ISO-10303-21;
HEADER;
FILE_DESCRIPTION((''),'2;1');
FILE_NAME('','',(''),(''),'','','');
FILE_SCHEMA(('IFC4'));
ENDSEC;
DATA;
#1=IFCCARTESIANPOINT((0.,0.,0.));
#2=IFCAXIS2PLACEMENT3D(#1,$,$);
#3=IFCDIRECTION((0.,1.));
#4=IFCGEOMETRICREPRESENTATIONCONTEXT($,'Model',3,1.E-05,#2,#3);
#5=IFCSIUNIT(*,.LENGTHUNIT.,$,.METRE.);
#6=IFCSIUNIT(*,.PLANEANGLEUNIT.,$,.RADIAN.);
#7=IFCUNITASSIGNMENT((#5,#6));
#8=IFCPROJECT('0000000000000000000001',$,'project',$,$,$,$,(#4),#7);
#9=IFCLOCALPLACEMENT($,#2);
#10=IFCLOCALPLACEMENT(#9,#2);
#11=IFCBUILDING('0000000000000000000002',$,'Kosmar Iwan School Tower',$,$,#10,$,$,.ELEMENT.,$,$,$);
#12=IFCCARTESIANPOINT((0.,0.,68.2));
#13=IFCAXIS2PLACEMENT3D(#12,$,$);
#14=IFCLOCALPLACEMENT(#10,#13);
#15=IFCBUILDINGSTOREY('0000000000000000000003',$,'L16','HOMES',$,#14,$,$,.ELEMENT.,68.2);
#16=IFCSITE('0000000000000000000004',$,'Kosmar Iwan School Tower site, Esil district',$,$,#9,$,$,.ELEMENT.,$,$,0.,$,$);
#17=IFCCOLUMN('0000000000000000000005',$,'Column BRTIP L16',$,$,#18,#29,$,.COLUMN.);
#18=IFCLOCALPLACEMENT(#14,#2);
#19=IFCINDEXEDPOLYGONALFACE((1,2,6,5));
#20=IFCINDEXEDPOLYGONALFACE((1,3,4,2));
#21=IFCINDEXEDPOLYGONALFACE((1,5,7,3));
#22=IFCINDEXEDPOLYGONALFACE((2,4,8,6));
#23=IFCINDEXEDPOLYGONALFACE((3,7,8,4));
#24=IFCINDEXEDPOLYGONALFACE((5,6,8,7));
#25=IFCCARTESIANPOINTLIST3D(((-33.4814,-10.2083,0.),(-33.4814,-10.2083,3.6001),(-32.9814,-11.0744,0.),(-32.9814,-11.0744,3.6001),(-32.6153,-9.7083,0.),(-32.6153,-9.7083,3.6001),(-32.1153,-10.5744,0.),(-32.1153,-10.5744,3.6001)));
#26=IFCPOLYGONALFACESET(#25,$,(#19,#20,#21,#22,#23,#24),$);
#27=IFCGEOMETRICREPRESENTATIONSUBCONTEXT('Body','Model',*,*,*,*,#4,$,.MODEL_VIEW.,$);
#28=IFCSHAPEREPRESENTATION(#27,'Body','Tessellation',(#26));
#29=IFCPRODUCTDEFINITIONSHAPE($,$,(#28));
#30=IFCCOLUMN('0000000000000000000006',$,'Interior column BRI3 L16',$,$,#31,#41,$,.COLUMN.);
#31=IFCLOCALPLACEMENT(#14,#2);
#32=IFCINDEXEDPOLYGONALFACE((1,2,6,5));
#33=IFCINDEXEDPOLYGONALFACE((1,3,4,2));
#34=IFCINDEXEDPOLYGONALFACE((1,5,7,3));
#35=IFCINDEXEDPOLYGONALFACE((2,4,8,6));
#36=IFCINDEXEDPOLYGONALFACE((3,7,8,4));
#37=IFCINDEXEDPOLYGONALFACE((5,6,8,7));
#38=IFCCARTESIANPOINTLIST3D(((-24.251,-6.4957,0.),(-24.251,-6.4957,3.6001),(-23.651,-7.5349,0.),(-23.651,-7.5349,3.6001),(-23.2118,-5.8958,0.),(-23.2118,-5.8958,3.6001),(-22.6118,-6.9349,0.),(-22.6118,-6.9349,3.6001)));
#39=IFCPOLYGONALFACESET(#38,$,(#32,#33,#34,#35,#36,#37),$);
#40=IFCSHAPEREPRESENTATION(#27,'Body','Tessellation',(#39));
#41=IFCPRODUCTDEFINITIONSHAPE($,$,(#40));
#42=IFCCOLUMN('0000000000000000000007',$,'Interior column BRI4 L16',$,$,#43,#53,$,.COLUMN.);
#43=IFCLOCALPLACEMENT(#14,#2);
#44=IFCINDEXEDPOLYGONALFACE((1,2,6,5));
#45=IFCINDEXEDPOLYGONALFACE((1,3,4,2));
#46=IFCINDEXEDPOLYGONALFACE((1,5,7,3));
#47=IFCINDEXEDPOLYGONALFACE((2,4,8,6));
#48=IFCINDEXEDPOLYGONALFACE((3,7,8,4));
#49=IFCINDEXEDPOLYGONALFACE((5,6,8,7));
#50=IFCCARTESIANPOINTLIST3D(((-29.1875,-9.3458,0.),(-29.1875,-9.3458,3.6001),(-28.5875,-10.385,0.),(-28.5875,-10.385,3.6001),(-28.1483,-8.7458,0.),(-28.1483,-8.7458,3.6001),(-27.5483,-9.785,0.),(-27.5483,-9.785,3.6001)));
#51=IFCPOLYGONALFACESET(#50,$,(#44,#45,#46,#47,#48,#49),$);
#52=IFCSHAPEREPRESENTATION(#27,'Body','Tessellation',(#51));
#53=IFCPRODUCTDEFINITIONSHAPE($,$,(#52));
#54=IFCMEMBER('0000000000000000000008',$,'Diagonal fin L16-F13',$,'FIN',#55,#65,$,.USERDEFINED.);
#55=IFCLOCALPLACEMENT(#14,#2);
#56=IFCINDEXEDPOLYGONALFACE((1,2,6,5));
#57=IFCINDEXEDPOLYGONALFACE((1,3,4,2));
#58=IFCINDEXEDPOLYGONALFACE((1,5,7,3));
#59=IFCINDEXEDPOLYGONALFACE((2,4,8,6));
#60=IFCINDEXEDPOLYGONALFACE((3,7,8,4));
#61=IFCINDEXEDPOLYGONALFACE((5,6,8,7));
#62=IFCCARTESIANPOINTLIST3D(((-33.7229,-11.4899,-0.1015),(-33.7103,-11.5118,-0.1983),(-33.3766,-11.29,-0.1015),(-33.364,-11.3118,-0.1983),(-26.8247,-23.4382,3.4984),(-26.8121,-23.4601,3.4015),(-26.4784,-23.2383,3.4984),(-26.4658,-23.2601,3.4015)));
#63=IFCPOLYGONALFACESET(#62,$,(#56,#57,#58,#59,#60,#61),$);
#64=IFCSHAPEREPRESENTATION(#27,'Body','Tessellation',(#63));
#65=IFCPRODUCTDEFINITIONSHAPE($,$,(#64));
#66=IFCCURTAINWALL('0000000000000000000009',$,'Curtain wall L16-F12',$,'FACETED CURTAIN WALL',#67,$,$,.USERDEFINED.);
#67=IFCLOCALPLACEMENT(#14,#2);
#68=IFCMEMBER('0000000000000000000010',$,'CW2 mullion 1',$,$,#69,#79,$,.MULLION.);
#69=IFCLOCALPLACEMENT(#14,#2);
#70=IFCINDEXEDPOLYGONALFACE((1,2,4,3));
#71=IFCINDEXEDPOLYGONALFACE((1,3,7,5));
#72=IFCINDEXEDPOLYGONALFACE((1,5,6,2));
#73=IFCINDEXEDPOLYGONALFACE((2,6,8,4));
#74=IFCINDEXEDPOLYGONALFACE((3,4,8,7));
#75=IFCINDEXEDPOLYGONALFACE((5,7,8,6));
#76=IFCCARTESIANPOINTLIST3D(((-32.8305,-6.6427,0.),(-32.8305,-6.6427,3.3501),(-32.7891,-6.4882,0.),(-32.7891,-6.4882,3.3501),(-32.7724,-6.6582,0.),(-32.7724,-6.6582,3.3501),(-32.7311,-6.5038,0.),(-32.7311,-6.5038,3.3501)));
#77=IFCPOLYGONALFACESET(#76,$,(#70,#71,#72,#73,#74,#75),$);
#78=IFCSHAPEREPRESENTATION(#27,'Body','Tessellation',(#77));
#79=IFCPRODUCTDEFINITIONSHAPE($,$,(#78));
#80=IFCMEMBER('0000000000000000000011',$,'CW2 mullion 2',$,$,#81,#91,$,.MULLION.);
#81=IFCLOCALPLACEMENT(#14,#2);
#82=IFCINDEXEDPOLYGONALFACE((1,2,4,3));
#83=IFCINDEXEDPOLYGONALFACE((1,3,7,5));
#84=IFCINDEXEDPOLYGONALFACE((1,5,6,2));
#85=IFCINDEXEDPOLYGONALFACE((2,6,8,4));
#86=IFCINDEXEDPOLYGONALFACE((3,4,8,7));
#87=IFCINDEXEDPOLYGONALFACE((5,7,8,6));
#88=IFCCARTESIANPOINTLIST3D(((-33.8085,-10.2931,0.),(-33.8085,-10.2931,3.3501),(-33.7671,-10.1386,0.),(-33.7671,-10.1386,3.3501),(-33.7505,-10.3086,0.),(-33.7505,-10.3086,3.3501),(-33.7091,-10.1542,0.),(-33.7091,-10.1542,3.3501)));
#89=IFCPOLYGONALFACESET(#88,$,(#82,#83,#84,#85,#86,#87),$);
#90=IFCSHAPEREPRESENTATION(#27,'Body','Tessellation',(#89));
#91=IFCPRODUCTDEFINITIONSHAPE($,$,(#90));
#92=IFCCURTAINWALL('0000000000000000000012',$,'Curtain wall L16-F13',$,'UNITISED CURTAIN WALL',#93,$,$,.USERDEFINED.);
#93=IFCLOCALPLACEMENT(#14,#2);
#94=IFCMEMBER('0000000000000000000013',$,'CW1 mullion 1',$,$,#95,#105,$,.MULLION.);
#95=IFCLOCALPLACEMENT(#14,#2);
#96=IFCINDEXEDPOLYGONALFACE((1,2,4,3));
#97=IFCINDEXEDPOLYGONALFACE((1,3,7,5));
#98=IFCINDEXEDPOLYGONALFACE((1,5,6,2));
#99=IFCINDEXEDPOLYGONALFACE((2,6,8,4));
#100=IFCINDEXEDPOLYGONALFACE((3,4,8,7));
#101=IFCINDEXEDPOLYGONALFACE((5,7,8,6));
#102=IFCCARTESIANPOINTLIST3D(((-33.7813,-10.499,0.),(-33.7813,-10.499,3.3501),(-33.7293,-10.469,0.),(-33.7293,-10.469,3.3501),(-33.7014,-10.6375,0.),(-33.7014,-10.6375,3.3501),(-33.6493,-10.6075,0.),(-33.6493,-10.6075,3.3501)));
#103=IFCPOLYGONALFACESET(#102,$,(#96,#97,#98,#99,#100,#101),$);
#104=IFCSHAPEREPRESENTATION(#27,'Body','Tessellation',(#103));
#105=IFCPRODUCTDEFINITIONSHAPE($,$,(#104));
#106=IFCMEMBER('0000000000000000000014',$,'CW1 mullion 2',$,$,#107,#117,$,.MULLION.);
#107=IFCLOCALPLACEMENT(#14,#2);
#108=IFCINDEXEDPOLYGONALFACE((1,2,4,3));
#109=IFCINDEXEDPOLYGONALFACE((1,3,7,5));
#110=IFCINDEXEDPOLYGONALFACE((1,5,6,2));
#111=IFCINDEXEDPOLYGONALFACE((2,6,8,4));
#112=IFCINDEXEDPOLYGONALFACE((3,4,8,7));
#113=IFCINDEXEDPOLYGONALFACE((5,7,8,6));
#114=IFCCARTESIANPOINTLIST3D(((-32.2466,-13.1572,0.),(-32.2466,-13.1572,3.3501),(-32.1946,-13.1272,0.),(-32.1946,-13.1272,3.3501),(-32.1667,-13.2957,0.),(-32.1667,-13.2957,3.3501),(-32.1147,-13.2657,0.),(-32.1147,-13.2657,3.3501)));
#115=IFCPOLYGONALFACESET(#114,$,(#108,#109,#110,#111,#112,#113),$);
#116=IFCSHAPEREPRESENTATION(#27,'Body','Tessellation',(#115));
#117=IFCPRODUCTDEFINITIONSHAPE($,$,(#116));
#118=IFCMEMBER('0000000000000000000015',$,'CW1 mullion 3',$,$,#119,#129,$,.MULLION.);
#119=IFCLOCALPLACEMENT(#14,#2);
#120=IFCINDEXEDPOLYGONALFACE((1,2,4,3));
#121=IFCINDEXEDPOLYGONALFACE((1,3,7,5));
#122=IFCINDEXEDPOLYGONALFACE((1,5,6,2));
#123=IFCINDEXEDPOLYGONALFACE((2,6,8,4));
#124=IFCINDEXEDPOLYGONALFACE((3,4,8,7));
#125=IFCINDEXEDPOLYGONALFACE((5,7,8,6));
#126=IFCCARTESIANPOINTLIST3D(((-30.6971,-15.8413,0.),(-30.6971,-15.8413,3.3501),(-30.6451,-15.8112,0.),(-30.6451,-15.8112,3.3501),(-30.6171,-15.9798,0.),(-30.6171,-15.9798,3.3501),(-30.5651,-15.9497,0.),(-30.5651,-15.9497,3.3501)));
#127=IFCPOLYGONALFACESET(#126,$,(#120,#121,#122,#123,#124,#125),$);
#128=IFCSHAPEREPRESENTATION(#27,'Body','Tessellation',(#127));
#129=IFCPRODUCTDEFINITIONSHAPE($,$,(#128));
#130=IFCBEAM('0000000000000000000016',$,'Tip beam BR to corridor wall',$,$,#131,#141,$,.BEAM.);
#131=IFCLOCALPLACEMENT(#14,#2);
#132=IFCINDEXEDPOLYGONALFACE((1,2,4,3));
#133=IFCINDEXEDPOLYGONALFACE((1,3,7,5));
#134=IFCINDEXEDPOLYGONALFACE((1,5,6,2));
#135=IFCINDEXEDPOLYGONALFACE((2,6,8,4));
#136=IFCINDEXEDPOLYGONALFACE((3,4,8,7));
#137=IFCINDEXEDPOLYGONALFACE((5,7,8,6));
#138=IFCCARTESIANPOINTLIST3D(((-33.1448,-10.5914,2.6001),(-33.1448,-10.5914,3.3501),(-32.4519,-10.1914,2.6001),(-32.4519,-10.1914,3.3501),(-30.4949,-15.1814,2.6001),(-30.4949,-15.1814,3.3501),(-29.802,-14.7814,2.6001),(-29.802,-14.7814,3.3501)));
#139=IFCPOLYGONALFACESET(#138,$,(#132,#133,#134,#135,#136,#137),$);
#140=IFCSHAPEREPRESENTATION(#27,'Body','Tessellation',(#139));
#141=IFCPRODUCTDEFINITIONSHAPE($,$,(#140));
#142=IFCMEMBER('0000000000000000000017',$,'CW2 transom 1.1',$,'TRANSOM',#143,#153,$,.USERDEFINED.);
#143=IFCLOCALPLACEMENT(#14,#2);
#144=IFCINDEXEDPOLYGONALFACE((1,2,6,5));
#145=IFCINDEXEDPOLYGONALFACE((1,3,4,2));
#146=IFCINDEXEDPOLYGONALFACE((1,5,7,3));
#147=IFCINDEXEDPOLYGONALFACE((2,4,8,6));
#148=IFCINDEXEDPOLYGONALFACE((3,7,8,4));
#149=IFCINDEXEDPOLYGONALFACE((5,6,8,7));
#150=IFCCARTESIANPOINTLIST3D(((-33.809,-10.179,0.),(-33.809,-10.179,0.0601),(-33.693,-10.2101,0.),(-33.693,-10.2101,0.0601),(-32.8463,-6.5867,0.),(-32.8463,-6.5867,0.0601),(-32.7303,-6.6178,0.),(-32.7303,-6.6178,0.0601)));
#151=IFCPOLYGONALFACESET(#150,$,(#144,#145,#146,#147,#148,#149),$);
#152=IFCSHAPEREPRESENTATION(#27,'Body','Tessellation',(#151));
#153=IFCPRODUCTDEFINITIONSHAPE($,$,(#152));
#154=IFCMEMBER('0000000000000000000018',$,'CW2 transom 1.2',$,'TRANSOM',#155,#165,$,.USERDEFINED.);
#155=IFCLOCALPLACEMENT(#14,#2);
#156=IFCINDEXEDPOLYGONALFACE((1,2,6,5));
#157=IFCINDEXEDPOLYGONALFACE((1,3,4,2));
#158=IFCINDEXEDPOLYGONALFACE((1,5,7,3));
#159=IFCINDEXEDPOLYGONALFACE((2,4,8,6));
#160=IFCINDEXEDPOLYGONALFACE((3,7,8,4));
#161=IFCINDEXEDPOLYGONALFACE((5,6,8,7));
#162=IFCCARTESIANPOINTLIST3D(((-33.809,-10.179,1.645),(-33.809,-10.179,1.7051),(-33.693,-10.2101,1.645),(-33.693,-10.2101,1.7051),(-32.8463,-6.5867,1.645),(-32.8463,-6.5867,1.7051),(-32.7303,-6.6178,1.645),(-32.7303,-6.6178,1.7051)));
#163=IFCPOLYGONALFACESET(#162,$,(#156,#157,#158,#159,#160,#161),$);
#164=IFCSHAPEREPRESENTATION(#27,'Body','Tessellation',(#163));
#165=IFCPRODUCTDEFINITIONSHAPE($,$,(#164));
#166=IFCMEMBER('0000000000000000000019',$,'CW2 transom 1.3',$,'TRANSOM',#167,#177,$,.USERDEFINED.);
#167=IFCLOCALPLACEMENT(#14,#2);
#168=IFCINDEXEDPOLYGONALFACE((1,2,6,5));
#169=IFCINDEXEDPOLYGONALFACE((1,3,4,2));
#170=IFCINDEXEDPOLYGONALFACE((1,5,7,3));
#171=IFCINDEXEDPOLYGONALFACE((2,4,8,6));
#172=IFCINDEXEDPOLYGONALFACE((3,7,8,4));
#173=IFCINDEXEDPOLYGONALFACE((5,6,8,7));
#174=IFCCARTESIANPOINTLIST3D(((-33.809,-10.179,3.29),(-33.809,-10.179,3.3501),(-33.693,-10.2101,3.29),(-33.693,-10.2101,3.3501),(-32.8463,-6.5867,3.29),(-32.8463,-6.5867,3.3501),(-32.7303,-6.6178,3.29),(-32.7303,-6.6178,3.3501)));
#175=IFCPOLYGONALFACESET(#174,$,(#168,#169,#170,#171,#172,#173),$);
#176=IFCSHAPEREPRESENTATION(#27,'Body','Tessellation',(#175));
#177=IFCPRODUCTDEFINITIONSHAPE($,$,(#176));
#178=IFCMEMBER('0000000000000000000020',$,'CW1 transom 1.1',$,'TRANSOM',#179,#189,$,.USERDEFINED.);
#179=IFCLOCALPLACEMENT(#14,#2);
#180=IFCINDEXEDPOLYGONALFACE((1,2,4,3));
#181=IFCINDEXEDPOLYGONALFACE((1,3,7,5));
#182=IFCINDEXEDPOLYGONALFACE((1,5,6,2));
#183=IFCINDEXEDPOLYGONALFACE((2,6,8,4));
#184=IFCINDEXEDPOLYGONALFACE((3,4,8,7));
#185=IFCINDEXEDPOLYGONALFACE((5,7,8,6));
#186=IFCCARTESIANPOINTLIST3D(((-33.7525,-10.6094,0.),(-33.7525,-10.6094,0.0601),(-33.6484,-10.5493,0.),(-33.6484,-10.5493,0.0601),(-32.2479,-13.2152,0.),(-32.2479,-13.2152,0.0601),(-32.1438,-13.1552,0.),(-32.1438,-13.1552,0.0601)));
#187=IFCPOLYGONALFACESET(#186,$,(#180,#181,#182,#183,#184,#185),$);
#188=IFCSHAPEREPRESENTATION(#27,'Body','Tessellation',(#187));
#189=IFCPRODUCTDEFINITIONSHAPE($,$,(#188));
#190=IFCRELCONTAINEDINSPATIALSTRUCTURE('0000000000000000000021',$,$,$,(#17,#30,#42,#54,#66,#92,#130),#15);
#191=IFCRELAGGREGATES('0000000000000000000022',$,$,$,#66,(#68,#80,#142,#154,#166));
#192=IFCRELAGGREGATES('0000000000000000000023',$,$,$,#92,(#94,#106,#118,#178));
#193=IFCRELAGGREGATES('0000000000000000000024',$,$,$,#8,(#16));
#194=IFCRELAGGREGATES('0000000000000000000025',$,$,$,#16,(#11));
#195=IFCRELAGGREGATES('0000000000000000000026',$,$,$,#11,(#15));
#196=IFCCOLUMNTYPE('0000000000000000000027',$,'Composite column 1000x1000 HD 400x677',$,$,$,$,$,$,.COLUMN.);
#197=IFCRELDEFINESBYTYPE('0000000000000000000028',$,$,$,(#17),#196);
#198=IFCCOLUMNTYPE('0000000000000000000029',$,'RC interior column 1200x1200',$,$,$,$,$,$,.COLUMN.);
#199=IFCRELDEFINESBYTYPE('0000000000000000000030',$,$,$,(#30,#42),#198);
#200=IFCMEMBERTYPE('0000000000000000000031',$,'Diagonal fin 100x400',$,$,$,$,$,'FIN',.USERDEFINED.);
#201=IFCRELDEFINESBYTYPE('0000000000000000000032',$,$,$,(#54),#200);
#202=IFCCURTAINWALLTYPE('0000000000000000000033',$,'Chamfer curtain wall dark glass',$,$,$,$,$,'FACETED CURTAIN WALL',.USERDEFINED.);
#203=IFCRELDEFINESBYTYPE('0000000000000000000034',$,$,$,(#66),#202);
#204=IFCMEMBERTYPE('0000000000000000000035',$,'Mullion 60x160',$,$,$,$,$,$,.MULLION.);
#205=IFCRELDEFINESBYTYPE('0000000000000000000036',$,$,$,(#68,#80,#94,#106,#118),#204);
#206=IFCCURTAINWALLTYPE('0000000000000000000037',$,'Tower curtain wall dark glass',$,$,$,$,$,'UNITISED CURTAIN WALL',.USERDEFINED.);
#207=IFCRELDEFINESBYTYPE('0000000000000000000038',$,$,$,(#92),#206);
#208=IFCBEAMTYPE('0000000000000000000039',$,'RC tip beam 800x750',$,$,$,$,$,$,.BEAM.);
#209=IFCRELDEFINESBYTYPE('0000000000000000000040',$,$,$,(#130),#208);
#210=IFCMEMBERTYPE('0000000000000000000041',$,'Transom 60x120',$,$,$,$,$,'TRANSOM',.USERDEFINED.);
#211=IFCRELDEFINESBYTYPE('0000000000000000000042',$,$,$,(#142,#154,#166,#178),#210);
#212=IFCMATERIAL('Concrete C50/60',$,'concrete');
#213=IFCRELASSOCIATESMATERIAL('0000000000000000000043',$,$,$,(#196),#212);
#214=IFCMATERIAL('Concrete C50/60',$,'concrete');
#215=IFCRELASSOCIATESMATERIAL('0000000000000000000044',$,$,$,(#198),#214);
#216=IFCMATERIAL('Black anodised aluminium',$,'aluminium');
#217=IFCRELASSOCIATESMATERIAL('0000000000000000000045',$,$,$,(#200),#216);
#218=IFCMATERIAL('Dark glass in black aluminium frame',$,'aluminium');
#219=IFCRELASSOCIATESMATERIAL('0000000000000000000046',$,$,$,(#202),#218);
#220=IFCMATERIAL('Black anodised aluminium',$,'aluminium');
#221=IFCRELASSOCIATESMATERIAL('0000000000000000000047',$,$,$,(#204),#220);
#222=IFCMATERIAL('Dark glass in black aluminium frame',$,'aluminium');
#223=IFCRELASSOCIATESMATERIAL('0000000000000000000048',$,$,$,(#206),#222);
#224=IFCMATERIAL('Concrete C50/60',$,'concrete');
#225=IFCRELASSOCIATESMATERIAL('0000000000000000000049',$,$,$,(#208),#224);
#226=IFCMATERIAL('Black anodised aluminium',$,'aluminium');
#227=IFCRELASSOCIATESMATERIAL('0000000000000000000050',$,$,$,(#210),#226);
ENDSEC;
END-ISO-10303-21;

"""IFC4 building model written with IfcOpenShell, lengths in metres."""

from ifc_helpers import new_model, si_unit, direction, frame, origin, origin_2d, place, context, subcontext, project, spatial, rectangle, extrude, material, material_profile, profile_set, type_object, element, aggregate, save


model = new_model("IFC4")

# Units and contexts
model_context = context("Model", 3, precision=1e-05, world=origin(), true_north=direction((0.0, 1.0)))
body_context = subcontext(model_context, "Body", "Model", "MODEL_VIEW")
ifc_project = project(units=[si_unit("LENGTHUNIT", "METRE"), si_unit("PLANEANGLEUNIT", "RADIAN")], contexts=[model_context])

# Site, building, storey
site_placement = place(None, origin())
site = spatial("IfcSite", under=ifc_project, at=site_placement, Name="Kosmar Iwan School Tower site, Esil district", CompositionType="ELEMENT", RefElevation=0.0)
building_placement = place(site_placement, origin())
building = spatial("IfcBuilding", under=site, at=building_placement, Name="Kosmar Iwan School Tower", CompositionType="ELEMENT")
storey_placement = place(building_placement, frame((0.0, 0.0, 68.2)))
storey = spatial("IfcBuildingStorey", under=building, at=storey_placement, Name="L16", Description="HOMES", CompositionType="ELEMENT", Elevation=68.2)

# Columns
ifc_material_1 = material(Name="Concrete C50/60", Category="concrete")
ifc_material_profile_1 = material_profile(ifc_material_1, rectangle(XDim=1.0, YDim=1.0, at=origin_2d()), Name="RC 1000x1000 + HD 400x677")
ifc_profile_set_1 = profile_set([ifc_material_profile_1], Name="Concrete C50/60")
column_type_1 = type_object("IfcColumnType", Name="Composite column 1000x1000 HD 400x677", PredefinedType="COLUMN", material=ifc_profile_set_1)
column_placement = place(storey_placement, frame((-32.7983, -10.3914, 0.0), z_axis=(0.0, 0.0, 1.0), x_axis=(-0.866025, -0.5, 0.0)))
element("IfcColumn", 1, at=column_placement, inside=storey, type_object=column_type_1, Name="Column BRTIP L16", PredefinedType="COLUMN", context=body_context, shape_type="SweptSolid", body=[
    extrude(rectangle(XDim=1.0, YDim=1.0, at=origin_2d()), origin(), (0.0, 0.0, 1.0), 3.6001),
])
ifc_material_2 = material(Name="Concrete C50/60", Category="concrete")
ifc_material_profile_2 = material_profile(ifc_material_2, rectangle(XDim=1.2, YDim=1.2, at=origin_2d()), Name="RC 1200x1200")
ifc_profile_set_2 = profile_set([ifc_material_profile_2], Name="Concrete C50/60")
column_type_2 = type_object("IfcColumnType", Name="RC interior column 1200x1200", PredefinedType="COLUMN", material=ifc_profile_set_2)
for number, where, z_axis, x_axis, name in (
    (2, (-23.4314, -6.7153, 0.0), (0.0, 0.0, 1.0), (-0.866025, -0.5, 0.0), "Interior column BRI3 L16"),
    (3, (-28.3679, -9.5654, 0.0), (0.0, 0.0, 1.0), (-0.866025, -0.5, 0.0), "Interior column BRI4 L16"),
):
    element("IfcColumn", number, at=place(storey_placement, frame(where, z_axis=z_axis, x_axis=x_axis)), inside=storey, type_object=column_type_2, Name=name, PredefinedType="COLUMN", context=body_context, shape_type="SweptSolid", body=[
        extrude(rectangle(XDim=1.2, YDim=1.2, at=origin_2d()), origin(), (0.0, 0.0, 1.0), 3.6001),
    ])

# Member
ifc_material_3 = material(Name="Black anodised aluminium", Category="aluminium")
ifc_material_profile_3 = material_profile(ifc_material_3, rectangle(XDim=0.1001, YDim=0.3999, at=origin_2d()), Name="FIN 100x400")
ifc_profile_set_3 = profile_set([ifc_material_profile_3], Name="Black anodised aluminium")
member_type_1 = type_object("IfcMemberType", Name="Diagonal fin 100x400", ElementType="FIN", PredefinedType="USERDEFINED", material=ifc_profile_set_3)
member_1_placement = place(storey_placement, frame((-33.5435, -11.4009, -0.1499), z_axis=(0.483796, -0.837974, 0.252471), x_axis=(-0.126234, 0.218647, 0.967604)))
element("IfcMember", 4, at=member_1_placement, inside=storey, type_object=member_type_1, Name="Diagonal fin L16-F13", ObjectType="FIN", PredefinedType="USERDEFINED", context=body_context, shape_type="SweptSolid", body=[
    extrude(rectangle(XDim=0.1001, YDim=0.3999, at=origin_2d()), origin(), (0.0, 0.0, 1.0), 14.2585),
])

# Curtain walls, members
ifc_material_4 = material(Name="Dark glass in black aluminium frame", Category="aluminium")
curtain_wall_type_1 = type_object("IfcCurtainWallType", Name="Chamfer curtain wall dark glass", ElementType="FACETED CURTAIN WALL", PredefinedType="USERDEFINED", material=ifc_material_4)
curtain_wall_1_placement = place(storey_placement, origin())
curtain_wall_1 = element("IfcCurtainWall", 5, at=curtain_wall_1_placement, inside=storey, type_object=curtain_wall_type_1, Name="Curtain wall L16-F12", ObjectType="FACETED CURTAIN WALL", PredefinedType="USERDEFINED")
ifc_material_5 = material(Name="Black anodised aluminium", Category="aluminium")
ifc_material_profile_4 = material_profile(ifc_material_5, rectangle(XDim=0.0601, YDim=0.1599, at=origin_2d()), Name="MULLION 60x160")
ifc_profile_set_4 = profile_set([ifc_material_profile_4], Name="Black anodised aluminium")
member_type_2 = type_object("IfcMemberType", Name="Mullion 60x160", PredefinedType="MULLION", material=ifc_profile_set_4)
member_2_placement = place(storey_placement, frame((-32.7808, -6.5732, 0.0), z_axis=(0.0, 0.0, 1.0), x_axis=(0.965926, -0.258819, 0.0)))
member_2 = element("IfcMember", 6, at=member_2_placement, type_object=member_type_2, Name="CW2 mullion 1", PredefinedType="MULLION", context=body_context, shape_type="SweptSolid", body=[
    extrude(rectangle(XDim=0.0601, YDim=0.1599, at=origin_2d()), origin(), (0.0, 0.0, 1.0), 3.3501),
])
member_3_placement = place(storey_placement, frame((-33.7588, -10.2236, 0.0), z_axis=(0.0, 0.0, 1.0), x_axis=(0.965926, -0.258819, 0.0)))
member_3 = element("IfcMember", 7, at=member_3_placement, type_object=member_type_2, Name="CW2 mullion 2", PredefinedType="MULLION", context=body_context, shape_type="SweptSolid", body=[
    extrude(rectangle(XDim=0.0601, YDim=0.1599, at=origin_2d()), origin(), (0.0, 0.0, 1.0), 3.3501),
])
ifc_material_6 = material(Name="Dark glass in black aluminium frame", Category="aluminium")
curtain_wall_type_2 = type_object("IfcCurtainWallType", Name="Tower curtain wall dark glass", ElementType="UNITISED CURTAIN WALL", PredefinedType="USERDEFINED", material=ifc_material_6)
curtain_wall_2_placement = place(storey_placement, origin())
curtain_wall_2 = element("IfcCurtainWall", 8, at=curtain_wall_2_placement, inside=storey, type_object=curtain_wall_type_2, Name="Curtain wall L16-F13", ObjectType="UNITISED CURTAIN WALL", PredefinedType="USERDEFINED")
member_4_placement = place(storey_placement, frame((-33.7153, -10.5532, 0.0), z_axis=(0.0, 0.0, 1.0), x_axis=(0.866025, 0.5, 0.0)))
member_4 = element("IfcMember", 9, at=member_4_placement, type_object=member_type_2, Name="CW1 mullion 1", PredefinedType="MULLION", context=body_context, shape_type="SweptSolid", body=[
    extrude(rectangle(XDim=0.0601, YDim=0.1599, at=origin_2d()), origin(), (0.0, 0.0, 1.0), 3.3501),
])
member_5_placement = place(storey_placement, frame((-32.1807, -13.2114, 0.0), z_axis=(0.0, 0.0, 1.0), x_axis=(0.866025, 0.5, 0.0)))
member_5 = element("IfcMember", 10, at=member_5_placement, type_object=member_type_2, Name="CW1 mullion 2", PredefinedType="MULLION", context=body_context, shape_type="SweptSolid", body=[
    extrude(rectangle(XDim=0.0601, YDim=0.1599, at=origin_2d()), origin(), (0.0, 0.0, 1.0), 3.3501),
])
member_6_placement = place(storey_placement, frame((-30.6311, -15.8955, 0.0), z_axis=(0.0, 0.0, 1.0), x_axis=(0.866025, 0.5, 0.0)))
member_6 = element("IfcMember", 11, at=member_6_placement, type_object=member_type_2, Name="CW1 mullion 3", PredefinedType="MULLION", context=body_context, shape_type="SweptSolid", body=[
    extrude(rectangle(XDim=0.0601, YDim=0.1599, at=origin_2d()), origin(), (0.0, 0.0, 1.0), 3.3501),
])

# Beam
ifc_material_7 = material(Name="Concrete C50/60", Category="concrete")
ifc_material_profile_5 = material_profile(ifc_material_7, rectangle(XDim=0.8, YDim=0.75, at=origin_2d()), Name="RC 800x750")
ifc_profile_set_5 = profile_set([ifc_material_profile_5], Name="Concrete C50/60")
beam_type = type_object("IfcBeamType", Name="RC tip beam 800x750", PredefinedType="BEAM", material=ifc_profile_set_5)
beam_placement = place(storey_placement, frame((-32.7983, -10.3914, 2.9751), z_axis=(0.499974, -0.866041, 0.0), x_axis=(0.866041, 0.499974, 0.0)))
element("IfcBeam", 12, at=beam_placement, inside=storey, type_object=beam_type, Name="Tip beam BR to corridor wall", PredefinedType="BEAM", context=body_context, shape_type="SweptSolid", body=[
    extrude(rectangle(XDim=0.8, YDim=0.75, at=origin_2d()), origin(), (0.0, 0.0, 1.0), 5.3),
])

# Members
ifc_material_8 = material(Name="Black anodised aluminium", Category="aluminium")
ifc_material_profile_6 = material_profile(ifc_material_8, rectangle(XDim=0.1201, YDim=0.0601, at=origin_2d()), Name="TRANSOM 60x120")
ifc_profile_set_6 = profile_set([ifc_material_profile_6], Name="Black anodised aluminium")
member_type_3 = type_object("IfcMemberType", Name="Transom 60x120", ElementType="TRANSOM", PredefinedType="USERDEFINED", material=ifc_profile_set_6)
member_7_placement = place(storey_placement, frame((-32.7883, -6.6023, 0.03), z_axis=(-0.258843, -0.965919, 0.0), x_axis=(0.965919, -0.258843, 0.0)))
member_7 = element("IfcMember", 13, at=member_7_placement, type_object=member_type_3, Name="CW2 transom 1.1", ObjectType="TRANSOM", PredefinedType="USERDEFINED", context=body_context, shape_type="SweptSolid", body=[
    extrude(rectangle(XDim=0.1201, YDim=0.0601, at=origin_2d()), origin(), (0.0, 0.0, 1.0), 3.719),
])
member_8_placement = place(storey_placement, frame((-32.7883, -6.6023, 1.675), z_axis=(-0.258843, -0.965919, 0.0), x_axis=(0.965919, -0.258843, 0.0)))
member_8 = element("IfcMember", 14, at=member_8_placement, type_object=member_type_3, Name="CW2 transom 1.2", ObjectType="TRANSOM", PredefinedType="USERDEFINED", context=body_context, shape_type="SweptSolid", body=[
    extrude(rectangle(XDim=0.1201, YDim=0.0601, at=origin_2d()), origin(), (0.0, 0.0, 1.0), 3.719),
])
member_9_placement = place(storey_placement, frame((-32.7883, -6.6023, 3.3201), z_axis=(-0.258843, -0.965919, 0.0), x_axis=(0.965919, -0.258843, 0.0)))
member_9 = element("IfcMember", 15, at=member_9_placement, type_object=member_type_3, Name="CW2 transom 1.3", ObjectType="TRANSOM", PredefinedType="USERDEFINED", context=body_context, shape_type="SweptSolid", body=[
    extrude(rectangle(XDim=0.1201, YDim=0.0601, at=origin_2d()), origin(), (0.0, 0.0, 1.0), 3.719),
])
member_10_placement = place(storey_placement, frame((-33.7004, -10.5793, 0.03), z_axis=(0.500022, -0.866013, 0.0), x_axis=(0.866013, 0.500022, 0.0)))
member_10 = element("IfcMember", 16, at=member_10_placement, type_object=member_type_3, Name="CW1 transom 1.1", ObjectType="TRANSOM", PredefinedType="USERDEFINED", context=body_context, shape_type="SweptSolid", body=[
    extrude(rectangle(XDim=0.1201, YDim=0.0601, at=origin_2d()), origin(), (0.0, 0.0, 1.0), 3.009),
])

aggregate(curtain_wall_1, [member_2, member_3, member_7, member_8, member_9])
aggregate(curtain_wall_2, [member_4, member_5, member_6, member_10])

save(model, "model.ifc")
